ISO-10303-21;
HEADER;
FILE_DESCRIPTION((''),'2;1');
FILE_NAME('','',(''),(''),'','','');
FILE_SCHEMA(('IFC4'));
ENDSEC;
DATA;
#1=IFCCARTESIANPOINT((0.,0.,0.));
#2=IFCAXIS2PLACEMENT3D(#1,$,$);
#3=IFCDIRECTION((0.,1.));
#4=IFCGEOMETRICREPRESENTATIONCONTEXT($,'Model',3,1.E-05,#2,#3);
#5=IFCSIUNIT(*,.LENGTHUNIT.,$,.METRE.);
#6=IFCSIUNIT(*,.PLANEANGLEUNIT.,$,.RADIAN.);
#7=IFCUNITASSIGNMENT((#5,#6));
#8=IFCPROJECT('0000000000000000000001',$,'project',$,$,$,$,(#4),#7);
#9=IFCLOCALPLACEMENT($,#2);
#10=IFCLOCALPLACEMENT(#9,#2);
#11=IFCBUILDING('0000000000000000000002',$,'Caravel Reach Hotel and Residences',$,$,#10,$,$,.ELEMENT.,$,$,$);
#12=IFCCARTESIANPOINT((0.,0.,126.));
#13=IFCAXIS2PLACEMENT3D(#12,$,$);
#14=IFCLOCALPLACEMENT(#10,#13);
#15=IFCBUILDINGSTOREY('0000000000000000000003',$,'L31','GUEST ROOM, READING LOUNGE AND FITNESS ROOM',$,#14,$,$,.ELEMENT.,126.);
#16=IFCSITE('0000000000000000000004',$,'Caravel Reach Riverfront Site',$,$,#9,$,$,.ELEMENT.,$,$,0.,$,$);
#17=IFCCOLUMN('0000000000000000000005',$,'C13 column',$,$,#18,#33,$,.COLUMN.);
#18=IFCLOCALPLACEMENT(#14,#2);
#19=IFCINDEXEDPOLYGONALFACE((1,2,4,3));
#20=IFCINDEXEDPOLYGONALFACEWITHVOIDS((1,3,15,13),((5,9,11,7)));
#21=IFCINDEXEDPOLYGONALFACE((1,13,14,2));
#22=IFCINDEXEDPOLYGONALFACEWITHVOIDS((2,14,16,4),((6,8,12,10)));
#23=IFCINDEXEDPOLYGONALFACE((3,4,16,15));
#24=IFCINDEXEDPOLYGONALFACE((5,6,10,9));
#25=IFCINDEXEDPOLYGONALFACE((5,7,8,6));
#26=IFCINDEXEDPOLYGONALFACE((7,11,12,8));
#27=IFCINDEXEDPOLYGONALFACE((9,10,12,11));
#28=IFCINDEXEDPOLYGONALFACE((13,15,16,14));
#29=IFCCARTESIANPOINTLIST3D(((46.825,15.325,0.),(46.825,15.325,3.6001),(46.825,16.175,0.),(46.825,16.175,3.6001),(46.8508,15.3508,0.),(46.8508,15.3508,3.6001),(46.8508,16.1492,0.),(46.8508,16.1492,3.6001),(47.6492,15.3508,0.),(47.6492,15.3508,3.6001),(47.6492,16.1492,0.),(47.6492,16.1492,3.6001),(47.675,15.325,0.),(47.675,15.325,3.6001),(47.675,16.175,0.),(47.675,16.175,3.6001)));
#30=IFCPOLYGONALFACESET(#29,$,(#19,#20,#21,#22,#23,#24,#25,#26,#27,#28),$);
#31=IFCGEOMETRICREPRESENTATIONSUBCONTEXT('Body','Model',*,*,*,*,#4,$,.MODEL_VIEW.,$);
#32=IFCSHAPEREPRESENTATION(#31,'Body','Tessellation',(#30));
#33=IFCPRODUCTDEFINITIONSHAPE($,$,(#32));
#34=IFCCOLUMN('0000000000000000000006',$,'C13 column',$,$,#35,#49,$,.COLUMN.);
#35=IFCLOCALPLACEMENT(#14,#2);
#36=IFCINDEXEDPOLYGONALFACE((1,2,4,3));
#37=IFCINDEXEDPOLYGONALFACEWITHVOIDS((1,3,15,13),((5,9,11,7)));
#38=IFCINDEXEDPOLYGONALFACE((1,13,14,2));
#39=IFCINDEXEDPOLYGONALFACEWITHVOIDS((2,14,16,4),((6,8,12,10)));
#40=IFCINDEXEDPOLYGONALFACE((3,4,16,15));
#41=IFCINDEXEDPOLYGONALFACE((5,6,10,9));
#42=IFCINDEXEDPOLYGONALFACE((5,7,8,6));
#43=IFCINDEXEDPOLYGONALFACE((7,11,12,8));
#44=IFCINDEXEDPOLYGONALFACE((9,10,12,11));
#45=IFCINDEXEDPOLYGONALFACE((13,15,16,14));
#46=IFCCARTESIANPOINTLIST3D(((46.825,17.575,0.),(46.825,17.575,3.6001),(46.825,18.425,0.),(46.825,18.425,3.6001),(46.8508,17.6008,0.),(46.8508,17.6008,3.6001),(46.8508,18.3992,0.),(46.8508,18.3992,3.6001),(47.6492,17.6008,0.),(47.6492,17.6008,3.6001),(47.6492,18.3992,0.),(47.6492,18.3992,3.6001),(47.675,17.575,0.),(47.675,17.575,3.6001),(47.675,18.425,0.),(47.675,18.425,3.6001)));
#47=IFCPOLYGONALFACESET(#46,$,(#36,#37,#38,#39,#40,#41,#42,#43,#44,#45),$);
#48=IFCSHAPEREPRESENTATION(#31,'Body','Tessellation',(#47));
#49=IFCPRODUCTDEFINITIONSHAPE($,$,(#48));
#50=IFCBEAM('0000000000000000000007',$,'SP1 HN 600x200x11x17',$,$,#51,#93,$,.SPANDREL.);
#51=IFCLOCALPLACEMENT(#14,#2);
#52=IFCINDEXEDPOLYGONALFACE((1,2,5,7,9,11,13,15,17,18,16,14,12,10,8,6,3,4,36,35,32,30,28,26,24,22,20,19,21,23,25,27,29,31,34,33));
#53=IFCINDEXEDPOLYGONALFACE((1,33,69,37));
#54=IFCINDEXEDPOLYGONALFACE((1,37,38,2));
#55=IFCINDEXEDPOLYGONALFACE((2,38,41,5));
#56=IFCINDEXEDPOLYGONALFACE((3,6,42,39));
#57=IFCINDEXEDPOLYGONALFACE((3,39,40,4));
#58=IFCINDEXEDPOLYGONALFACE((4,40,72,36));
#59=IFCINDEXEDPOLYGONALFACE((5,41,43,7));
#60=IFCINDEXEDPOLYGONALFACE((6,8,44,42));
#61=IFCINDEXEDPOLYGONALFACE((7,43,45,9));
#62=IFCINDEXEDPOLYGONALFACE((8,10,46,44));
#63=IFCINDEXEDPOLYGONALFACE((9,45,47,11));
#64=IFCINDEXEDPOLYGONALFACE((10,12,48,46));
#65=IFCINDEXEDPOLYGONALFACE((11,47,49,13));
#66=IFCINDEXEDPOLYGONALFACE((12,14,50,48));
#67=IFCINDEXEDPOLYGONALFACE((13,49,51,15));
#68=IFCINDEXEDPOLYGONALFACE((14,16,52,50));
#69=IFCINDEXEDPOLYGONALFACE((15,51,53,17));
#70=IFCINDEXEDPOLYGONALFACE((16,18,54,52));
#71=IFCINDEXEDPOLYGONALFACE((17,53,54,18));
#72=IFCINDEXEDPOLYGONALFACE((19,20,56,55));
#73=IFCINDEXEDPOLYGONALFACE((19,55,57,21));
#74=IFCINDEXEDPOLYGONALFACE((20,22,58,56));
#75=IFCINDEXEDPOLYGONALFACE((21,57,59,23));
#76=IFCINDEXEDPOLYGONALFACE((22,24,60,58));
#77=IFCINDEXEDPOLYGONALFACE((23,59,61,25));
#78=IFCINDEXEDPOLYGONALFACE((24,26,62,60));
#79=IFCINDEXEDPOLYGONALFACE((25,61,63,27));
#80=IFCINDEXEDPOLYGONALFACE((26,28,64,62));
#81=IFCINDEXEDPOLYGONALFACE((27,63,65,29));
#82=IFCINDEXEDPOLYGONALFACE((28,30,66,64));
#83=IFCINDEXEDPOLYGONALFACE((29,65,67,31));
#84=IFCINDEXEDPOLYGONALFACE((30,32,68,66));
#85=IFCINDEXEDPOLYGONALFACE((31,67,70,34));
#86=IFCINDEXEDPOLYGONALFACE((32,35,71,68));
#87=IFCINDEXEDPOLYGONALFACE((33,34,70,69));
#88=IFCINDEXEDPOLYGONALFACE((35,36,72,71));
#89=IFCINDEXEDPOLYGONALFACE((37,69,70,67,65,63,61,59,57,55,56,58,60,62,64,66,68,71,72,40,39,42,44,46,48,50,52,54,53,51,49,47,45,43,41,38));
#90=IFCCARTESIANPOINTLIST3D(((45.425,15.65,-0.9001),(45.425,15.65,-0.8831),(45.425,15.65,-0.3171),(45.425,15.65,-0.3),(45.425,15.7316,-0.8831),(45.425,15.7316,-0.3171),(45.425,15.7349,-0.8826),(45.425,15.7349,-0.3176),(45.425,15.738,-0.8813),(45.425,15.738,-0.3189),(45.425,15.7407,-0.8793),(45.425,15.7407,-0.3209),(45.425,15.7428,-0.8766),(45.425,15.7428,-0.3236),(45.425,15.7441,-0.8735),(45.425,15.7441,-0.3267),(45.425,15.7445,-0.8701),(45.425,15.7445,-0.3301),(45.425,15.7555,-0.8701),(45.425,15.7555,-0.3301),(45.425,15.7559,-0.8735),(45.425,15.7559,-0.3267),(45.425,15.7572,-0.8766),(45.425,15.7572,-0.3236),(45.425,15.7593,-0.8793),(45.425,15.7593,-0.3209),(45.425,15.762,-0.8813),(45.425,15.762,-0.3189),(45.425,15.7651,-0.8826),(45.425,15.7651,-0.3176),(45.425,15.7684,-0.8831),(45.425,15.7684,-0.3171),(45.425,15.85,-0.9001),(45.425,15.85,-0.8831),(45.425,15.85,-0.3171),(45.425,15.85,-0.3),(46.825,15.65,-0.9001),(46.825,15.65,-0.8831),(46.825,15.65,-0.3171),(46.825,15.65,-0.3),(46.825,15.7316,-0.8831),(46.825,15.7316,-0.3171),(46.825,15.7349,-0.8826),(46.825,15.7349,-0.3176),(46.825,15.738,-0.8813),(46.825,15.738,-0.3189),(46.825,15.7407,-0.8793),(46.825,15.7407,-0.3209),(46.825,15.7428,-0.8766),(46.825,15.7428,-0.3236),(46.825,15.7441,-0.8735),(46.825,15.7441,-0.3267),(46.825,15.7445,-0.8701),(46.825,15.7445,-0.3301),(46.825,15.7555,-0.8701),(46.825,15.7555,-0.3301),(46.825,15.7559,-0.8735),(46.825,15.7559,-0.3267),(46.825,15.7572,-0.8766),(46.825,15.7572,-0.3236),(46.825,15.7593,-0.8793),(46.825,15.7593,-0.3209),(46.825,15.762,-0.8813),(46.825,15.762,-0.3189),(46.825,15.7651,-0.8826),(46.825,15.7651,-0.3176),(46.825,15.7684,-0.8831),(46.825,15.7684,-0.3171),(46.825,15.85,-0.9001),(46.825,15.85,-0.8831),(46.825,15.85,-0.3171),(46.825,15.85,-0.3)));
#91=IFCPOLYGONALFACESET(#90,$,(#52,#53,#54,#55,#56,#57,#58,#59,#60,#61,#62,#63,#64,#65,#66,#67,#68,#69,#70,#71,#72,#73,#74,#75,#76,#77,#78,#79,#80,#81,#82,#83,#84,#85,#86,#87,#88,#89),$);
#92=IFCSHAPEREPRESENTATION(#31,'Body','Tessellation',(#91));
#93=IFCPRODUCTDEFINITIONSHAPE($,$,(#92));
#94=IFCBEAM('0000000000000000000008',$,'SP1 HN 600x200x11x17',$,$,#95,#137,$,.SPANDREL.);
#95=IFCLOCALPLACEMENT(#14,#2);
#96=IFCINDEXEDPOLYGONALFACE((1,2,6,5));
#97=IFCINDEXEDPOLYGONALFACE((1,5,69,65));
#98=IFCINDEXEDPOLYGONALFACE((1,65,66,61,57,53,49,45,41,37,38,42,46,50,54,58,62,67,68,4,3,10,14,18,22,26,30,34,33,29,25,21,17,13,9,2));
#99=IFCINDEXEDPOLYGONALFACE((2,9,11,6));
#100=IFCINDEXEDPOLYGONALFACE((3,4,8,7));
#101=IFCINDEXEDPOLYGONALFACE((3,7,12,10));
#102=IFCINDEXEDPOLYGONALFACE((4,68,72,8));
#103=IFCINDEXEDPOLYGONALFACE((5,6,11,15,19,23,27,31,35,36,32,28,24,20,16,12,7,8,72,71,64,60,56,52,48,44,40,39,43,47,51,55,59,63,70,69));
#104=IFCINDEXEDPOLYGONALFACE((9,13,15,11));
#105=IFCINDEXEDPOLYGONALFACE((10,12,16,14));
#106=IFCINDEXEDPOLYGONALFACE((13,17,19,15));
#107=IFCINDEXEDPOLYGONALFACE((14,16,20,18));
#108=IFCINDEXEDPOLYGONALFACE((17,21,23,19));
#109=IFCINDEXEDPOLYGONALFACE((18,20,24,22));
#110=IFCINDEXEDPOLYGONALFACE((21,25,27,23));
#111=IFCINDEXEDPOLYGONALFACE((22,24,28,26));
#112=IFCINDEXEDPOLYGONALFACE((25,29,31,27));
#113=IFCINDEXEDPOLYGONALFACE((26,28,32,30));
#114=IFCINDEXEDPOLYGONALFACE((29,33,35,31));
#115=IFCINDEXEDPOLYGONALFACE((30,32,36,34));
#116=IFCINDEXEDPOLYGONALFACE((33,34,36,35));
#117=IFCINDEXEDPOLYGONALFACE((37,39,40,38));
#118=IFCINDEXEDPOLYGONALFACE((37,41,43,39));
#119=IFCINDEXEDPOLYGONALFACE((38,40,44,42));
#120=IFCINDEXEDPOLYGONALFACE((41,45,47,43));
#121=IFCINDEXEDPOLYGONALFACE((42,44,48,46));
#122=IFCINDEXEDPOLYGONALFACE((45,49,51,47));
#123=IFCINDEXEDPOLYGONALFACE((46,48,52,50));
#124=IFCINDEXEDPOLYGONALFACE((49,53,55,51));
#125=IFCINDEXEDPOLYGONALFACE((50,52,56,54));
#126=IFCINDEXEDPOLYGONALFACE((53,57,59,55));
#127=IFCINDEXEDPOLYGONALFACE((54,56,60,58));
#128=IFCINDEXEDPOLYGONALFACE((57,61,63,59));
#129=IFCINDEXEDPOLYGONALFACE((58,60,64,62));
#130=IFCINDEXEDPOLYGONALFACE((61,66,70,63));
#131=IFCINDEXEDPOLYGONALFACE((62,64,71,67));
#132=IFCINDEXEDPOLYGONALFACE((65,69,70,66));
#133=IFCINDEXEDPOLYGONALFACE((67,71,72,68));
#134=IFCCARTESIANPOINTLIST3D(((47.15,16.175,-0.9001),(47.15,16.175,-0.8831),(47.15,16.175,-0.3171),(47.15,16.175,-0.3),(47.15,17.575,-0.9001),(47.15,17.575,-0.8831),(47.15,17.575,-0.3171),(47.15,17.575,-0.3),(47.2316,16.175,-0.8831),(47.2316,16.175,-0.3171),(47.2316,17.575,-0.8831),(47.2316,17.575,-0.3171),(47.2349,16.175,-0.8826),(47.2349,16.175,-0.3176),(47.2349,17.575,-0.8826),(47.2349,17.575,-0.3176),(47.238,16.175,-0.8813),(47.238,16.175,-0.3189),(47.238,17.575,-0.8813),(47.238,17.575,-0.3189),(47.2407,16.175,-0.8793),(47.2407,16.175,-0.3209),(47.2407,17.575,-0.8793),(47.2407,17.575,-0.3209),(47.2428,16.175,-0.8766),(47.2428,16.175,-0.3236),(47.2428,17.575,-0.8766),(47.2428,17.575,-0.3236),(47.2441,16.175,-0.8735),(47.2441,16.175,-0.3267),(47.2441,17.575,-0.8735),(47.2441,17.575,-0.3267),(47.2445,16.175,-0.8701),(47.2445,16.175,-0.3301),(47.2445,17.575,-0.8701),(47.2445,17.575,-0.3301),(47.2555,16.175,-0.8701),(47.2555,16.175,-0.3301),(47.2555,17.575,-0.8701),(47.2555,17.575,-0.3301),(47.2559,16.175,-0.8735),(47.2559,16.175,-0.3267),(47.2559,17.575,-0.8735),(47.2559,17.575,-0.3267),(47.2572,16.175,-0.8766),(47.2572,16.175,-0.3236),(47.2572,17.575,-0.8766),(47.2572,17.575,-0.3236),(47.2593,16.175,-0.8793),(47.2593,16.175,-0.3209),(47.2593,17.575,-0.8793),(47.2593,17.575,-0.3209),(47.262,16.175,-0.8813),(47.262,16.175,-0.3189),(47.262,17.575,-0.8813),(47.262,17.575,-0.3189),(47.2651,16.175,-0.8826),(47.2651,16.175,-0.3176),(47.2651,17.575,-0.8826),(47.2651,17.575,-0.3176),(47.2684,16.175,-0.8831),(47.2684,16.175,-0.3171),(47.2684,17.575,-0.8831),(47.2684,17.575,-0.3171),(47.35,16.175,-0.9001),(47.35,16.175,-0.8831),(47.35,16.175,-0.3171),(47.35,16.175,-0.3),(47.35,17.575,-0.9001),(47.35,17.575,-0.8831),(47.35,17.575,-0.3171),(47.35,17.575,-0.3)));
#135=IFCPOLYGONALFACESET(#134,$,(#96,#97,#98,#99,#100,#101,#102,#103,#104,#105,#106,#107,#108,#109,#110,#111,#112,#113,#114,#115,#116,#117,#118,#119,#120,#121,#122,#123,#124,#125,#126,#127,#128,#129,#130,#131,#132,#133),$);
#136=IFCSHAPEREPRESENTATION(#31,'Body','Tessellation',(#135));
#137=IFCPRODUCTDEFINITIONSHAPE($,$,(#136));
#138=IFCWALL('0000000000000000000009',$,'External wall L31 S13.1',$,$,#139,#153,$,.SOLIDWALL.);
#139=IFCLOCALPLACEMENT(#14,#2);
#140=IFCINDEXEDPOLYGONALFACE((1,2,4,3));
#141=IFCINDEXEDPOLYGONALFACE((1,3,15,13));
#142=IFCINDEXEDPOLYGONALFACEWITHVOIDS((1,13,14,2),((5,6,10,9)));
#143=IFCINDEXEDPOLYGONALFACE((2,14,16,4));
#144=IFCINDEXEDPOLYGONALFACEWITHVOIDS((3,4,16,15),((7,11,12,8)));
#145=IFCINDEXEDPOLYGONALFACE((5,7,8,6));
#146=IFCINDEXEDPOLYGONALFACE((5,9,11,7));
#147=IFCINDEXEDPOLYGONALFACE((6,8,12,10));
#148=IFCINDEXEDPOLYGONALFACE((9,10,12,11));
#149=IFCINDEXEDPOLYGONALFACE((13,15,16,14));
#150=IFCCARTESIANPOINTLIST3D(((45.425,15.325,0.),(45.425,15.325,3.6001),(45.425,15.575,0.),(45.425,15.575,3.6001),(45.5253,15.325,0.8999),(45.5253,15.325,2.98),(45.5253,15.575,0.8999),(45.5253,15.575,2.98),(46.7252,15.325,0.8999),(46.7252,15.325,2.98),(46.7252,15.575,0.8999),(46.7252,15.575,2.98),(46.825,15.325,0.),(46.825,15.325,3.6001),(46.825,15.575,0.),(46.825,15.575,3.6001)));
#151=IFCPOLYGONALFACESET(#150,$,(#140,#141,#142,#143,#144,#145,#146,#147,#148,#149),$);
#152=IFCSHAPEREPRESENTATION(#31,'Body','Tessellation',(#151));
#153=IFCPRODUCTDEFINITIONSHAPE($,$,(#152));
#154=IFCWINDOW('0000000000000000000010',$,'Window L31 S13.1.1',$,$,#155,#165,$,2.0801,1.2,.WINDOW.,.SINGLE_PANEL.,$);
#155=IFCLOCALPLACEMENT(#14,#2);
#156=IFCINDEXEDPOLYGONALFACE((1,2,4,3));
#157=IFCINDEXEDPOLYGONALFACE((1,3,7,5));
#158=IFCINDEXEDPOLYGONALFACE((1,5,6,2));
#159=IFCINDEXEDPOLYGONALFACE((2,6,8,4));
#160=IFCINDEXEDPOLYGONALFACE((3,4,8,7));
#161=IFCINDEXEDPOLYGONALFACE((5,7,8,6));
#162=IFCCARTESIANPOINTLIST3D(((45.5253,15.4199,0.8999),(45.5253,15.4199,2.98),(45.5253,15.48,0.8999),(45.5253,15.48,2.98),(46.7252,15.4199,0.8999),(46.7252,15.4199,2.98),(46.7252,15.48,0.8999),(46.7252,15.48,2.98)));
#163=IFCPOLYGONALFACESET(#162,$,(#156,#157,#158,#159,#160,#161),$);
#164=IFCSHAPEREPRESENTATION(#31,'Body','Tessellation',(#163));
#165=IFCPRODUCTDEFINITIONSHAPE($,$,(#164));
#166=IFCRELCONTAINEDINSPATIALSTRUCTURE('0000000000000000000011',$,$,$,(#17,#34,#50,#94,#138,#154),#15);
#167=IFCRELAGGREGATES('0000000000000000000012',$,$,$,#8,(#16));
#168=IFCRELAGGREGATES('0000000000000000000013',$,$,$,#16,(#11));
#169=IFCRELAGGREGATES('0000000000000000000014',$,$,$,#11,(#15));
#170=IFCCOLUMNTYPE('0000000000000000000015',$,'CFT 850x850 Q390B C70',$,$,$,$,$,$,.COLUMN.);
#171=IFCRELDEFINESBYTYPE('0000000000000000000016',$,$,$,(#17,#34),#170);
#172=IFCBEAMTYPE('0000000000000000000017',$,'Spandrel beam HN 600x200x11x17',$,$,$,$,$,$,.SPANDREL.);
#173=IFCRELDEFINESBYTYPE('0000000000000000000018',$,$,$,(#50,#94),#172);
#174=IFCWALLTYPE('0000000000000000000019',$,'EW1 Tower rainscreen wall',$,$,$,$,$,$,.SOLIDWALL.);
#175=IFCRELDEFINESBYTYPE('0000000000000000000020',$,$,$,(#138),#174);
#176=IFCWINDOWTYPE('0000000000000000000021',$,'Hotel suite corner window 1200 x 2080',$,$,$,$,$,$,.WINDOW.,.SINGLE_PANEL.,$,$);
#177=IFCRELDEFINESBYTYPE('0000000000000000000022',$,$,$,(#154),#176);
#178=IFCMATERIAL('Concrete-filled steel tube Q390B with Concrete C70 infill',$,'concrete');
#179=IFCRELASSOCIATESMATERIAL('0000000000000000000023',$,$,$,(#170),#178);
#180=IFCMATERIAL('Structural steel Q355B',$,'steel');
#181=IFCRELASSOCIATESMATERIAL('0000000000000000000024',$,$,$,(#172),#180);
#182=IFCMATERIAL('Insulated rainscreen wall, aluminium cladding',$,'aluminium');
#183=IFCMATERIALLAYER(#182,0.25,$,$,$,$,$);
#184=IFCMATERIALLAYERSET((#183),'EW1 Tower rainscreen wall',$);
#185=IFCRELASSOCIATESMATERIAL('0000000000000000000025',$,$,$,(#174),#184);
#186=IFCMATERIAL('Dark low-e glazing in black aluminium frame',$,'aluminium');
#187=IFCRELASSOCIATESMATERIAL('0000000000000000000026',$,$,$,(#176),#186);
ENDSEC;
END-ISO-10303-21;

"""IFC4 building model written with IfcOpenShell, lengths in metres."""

from ifc_helpers import new_model, si_unit, direction, frame, frame_2d, origin, origin_2d, place, context, subcontext, project, spatial, rectangle, hollow_rectangle, i_section, extrude, material, layer, layer_set, material_profile, profile_set, type_object, element, fill, save


model = new_model("IFC4")

# Units and contexts
model_context = context("Model", 3, precision=1e-05, world=origin(), true_north=direction((0.0, 1.0)))
body_context = subcontext(model_context, "Body", "Model", "MODEL_VIEW")
ifc_project = project(units=[si_unit("LENGTHUNIT", "METRE"), si_unit("PLANEANGLEUNIT", "RADIAN")], contexts=[model_context])

# Site, building, storey
site_placement = place(None, origin())
site = spatial("IfcSite", under=ifc_project, at=site_placement, Name="Caravel Reach Riverfront Site", CompositionType="ELEMENT", RefElevation=0.0)
building_placement = place(site_placement, origin())
building = spatial("IfcBuilding", under=site, at=building_placement, Name="Caravel Reach Hotel and Residences", CompositionType="ELEMENT")
storey_placement = place(building_placement, frame((0.0, 0.0, 126.0)))
storey = spatial("IfcBuildingStorey", under=building, at=storey_placement, Name="L31", Description="GUEST ROOM, READING LOUNGE AND FITNESS ROOM", CompositionType="ELEMENT", Elevation=126.0)

# Columns
ifc_material_1 = material(Name="Concrete-filled steel tube Q390B with Concrete C70 infill", Category="concrete")
ifc_material_profile_1 = material_profile(ifc_material_1, hollow_rectangle(XDim=0.8501, YDim=0.8501, WallThickness=0.0259, at=origin_2d()), Name="RHS 850x850x26")
ifc_profile_set_1 = profile_set([ifc_material_profile_1], Name="Concrete-filled steel tube Q390B with Concrete C70 infill")
column_type = type_object("IfcColumnType", Name="CFT 850x850 Q390B C70", PredefinedType="COLUMN", material=ifc_profile_set_1)
for number, where, z_axis, x_axis, name in (
    (1, (47.25, 15.75, 0.0), (0.0, 0.0, 1.0), (1.0, 0.0, 0.0), "C13 column"),
    (2, (47.25, 18.0, 0.0), (0.0, 0.0, 1.0), (1.0, 0.0, 0.0), "C13 column"),
):
    element("IfcColumn", number, at=place(storey_placement, frame(where, z_axis=z_axis, x_axis=x_axis)), inside=storey, type_object=column_type, Name=name, PredefinedType="COLUMN", context=body_context, shape_type="SweptSolid", body=[
        extrude(hollow_rectangle(XDim=0.8501, YDim=0.8501, WallThickness=0.0259, at=origin_2d()), origin(), (0.0, 0.0, 1.0), 3.6001),
    ])

# Beams
ifc_material_2 = material(Name="Structural steel Q355B", Category="steel")
ifc_material_profile_2 = material_profile(ifc_material_2, i_section(OverallWidth=0.2, OverallDepth=0.6001, WebThickness=0.011, FlangeThickness=0.0171, FilletRadius=0.0129, at=origin_2d()), Name="HN 600x200x11x17")
ifc_profile_set_2 = profile_set([ifc_material_profile_2], Name="Structural steel Q355B")
beam_type = type_object("IfcBeamType", Name="Spandrel beam HN 600x200x11x17", PredefinedType="SPANDREL", material=ifc_profile_set_2)
for number, where, z_axis, x_axis, name in (
    (3, (45.425, 15.75, -0.6001), (1.0, 0.0, 0.0), (0.0, 1.0, 0.0), "SP1 HN 600x200x11x17"),
    (4, (47.25, 16.175, -0.6001), (0.0, 1.0, 0.0), (-1.0, 0.0, 0.0), "SP1 HN 600x200x11x17"),
):
    element("IfcBeam", number, at=place(storey_placement, frame(where, z_axis=z_axis, x_axis=x_axis)), inside=storey, type_object=beam_type, Name=name, PredefinedType="SPANDREL", context=body_context, shape_type="SweptSolid", body=[
        extrude(i_section(OverallWidth=0.2, OverallDepth=0.6001, WebThickness=0.011, FlangeThickness=0.0171, FilletRadius=0.0129, at=origin_2d()), origin(), (0.0, 0.0, 1.0), 1.3999),
    ])

# Wall, opening, window
ifc_material_3 = material(Name="Insulated rainscreen wall, aluminium cladding", Category="aluminium")
ifc_layer_1 = layer(ifc_material_3, 0.25)
ifc_layer_set_1 = layer_set([ifc_layer_1], Name="EW1 Tower rainscreen wall")
wall_type_1 = type_object("IfcWallType", Name="EW1 Tower rainscreen wall", PredefinedType="SOLIDWALL", material=ifc_layer_set_1)
wall_1_placement = place(storey_placement, frame((45.425, 15.45, 0.0), z_axis=(0.0, 0.0, 1.0), x_axis=(1.0, 0.0, 0.0)))
wall_1 = element("IfcWall", 5, at=wall_1_placement, inside=storey, type_object=wall_type_1, Name="External wall L31 S13.1", PredefinedType="SOLIDWALL", context=body_context, shape_type="SweptSolid", body=[
    extrude(rectangle(XDim=1.3999, YDim=0.25, at=frame_2d((0.7, 0.0))), origin(), (0.0, 0.0, 1.0), 3.6001),
])
opening_1_placement = place(wall_1_placement, frame((0.1001, 0.0, 0.8999)))
opening_1 = element("IfcOpeningElement", 6, at=opening_1_placement, cuts=wall_1, PredefinedType="OPENING", context=body_context, shape_type="SweptSolid", body=[
    extrude(rectangle(XDim=1.2, YDim=2.0801, at=frame_2d((0.6001, 1.04))), frame((0.0, 0.135, 0.0), z_axis=(0.0, -1.0, 0.0), x_axis=(1.0, 0.0, 0.0)), (0.0, 0.0, 1.0), 0.27),
])
ifc_material_4 = material(Name="Dark low-e glazing in black aluminium frame", Category="aluminium")
window_type_1 = type_object("IfcWindowType", Name="Hotel suite corner window 1200 x 2080", PartitioningType="SINGLE_PANEL", PredefinedType="WINDOW", material=ifc_material_4)
window_1_placement = place(opening_1_placement, origin())
window_1 = element("IfcWindow", 7, at=window_1_placement, inside=storey, type_object=window_type_1, Name="Window L31 S13.1.1", OverallHeight=2.0801, OverallWidth=1.2, PartitioningType="SINGLE_PANEL", PredefinedType="WINDOW", context=body_context, shape_type="SweptSolid", body=[
    extrude(rectangle(XDim=1.2, YDim=2.0801, at=frame_2d((0.6001, 1.04))), frame((0.0, 0.03, 0.0), z_axis=(0.0, -1.0, 0.0), x_axis=(1.0, 0.0, 0.0)), (0.0, 0.0, 1.0), 0.0601),
])
fill(opening_1, window_1)

save(model, "model.ifc")
